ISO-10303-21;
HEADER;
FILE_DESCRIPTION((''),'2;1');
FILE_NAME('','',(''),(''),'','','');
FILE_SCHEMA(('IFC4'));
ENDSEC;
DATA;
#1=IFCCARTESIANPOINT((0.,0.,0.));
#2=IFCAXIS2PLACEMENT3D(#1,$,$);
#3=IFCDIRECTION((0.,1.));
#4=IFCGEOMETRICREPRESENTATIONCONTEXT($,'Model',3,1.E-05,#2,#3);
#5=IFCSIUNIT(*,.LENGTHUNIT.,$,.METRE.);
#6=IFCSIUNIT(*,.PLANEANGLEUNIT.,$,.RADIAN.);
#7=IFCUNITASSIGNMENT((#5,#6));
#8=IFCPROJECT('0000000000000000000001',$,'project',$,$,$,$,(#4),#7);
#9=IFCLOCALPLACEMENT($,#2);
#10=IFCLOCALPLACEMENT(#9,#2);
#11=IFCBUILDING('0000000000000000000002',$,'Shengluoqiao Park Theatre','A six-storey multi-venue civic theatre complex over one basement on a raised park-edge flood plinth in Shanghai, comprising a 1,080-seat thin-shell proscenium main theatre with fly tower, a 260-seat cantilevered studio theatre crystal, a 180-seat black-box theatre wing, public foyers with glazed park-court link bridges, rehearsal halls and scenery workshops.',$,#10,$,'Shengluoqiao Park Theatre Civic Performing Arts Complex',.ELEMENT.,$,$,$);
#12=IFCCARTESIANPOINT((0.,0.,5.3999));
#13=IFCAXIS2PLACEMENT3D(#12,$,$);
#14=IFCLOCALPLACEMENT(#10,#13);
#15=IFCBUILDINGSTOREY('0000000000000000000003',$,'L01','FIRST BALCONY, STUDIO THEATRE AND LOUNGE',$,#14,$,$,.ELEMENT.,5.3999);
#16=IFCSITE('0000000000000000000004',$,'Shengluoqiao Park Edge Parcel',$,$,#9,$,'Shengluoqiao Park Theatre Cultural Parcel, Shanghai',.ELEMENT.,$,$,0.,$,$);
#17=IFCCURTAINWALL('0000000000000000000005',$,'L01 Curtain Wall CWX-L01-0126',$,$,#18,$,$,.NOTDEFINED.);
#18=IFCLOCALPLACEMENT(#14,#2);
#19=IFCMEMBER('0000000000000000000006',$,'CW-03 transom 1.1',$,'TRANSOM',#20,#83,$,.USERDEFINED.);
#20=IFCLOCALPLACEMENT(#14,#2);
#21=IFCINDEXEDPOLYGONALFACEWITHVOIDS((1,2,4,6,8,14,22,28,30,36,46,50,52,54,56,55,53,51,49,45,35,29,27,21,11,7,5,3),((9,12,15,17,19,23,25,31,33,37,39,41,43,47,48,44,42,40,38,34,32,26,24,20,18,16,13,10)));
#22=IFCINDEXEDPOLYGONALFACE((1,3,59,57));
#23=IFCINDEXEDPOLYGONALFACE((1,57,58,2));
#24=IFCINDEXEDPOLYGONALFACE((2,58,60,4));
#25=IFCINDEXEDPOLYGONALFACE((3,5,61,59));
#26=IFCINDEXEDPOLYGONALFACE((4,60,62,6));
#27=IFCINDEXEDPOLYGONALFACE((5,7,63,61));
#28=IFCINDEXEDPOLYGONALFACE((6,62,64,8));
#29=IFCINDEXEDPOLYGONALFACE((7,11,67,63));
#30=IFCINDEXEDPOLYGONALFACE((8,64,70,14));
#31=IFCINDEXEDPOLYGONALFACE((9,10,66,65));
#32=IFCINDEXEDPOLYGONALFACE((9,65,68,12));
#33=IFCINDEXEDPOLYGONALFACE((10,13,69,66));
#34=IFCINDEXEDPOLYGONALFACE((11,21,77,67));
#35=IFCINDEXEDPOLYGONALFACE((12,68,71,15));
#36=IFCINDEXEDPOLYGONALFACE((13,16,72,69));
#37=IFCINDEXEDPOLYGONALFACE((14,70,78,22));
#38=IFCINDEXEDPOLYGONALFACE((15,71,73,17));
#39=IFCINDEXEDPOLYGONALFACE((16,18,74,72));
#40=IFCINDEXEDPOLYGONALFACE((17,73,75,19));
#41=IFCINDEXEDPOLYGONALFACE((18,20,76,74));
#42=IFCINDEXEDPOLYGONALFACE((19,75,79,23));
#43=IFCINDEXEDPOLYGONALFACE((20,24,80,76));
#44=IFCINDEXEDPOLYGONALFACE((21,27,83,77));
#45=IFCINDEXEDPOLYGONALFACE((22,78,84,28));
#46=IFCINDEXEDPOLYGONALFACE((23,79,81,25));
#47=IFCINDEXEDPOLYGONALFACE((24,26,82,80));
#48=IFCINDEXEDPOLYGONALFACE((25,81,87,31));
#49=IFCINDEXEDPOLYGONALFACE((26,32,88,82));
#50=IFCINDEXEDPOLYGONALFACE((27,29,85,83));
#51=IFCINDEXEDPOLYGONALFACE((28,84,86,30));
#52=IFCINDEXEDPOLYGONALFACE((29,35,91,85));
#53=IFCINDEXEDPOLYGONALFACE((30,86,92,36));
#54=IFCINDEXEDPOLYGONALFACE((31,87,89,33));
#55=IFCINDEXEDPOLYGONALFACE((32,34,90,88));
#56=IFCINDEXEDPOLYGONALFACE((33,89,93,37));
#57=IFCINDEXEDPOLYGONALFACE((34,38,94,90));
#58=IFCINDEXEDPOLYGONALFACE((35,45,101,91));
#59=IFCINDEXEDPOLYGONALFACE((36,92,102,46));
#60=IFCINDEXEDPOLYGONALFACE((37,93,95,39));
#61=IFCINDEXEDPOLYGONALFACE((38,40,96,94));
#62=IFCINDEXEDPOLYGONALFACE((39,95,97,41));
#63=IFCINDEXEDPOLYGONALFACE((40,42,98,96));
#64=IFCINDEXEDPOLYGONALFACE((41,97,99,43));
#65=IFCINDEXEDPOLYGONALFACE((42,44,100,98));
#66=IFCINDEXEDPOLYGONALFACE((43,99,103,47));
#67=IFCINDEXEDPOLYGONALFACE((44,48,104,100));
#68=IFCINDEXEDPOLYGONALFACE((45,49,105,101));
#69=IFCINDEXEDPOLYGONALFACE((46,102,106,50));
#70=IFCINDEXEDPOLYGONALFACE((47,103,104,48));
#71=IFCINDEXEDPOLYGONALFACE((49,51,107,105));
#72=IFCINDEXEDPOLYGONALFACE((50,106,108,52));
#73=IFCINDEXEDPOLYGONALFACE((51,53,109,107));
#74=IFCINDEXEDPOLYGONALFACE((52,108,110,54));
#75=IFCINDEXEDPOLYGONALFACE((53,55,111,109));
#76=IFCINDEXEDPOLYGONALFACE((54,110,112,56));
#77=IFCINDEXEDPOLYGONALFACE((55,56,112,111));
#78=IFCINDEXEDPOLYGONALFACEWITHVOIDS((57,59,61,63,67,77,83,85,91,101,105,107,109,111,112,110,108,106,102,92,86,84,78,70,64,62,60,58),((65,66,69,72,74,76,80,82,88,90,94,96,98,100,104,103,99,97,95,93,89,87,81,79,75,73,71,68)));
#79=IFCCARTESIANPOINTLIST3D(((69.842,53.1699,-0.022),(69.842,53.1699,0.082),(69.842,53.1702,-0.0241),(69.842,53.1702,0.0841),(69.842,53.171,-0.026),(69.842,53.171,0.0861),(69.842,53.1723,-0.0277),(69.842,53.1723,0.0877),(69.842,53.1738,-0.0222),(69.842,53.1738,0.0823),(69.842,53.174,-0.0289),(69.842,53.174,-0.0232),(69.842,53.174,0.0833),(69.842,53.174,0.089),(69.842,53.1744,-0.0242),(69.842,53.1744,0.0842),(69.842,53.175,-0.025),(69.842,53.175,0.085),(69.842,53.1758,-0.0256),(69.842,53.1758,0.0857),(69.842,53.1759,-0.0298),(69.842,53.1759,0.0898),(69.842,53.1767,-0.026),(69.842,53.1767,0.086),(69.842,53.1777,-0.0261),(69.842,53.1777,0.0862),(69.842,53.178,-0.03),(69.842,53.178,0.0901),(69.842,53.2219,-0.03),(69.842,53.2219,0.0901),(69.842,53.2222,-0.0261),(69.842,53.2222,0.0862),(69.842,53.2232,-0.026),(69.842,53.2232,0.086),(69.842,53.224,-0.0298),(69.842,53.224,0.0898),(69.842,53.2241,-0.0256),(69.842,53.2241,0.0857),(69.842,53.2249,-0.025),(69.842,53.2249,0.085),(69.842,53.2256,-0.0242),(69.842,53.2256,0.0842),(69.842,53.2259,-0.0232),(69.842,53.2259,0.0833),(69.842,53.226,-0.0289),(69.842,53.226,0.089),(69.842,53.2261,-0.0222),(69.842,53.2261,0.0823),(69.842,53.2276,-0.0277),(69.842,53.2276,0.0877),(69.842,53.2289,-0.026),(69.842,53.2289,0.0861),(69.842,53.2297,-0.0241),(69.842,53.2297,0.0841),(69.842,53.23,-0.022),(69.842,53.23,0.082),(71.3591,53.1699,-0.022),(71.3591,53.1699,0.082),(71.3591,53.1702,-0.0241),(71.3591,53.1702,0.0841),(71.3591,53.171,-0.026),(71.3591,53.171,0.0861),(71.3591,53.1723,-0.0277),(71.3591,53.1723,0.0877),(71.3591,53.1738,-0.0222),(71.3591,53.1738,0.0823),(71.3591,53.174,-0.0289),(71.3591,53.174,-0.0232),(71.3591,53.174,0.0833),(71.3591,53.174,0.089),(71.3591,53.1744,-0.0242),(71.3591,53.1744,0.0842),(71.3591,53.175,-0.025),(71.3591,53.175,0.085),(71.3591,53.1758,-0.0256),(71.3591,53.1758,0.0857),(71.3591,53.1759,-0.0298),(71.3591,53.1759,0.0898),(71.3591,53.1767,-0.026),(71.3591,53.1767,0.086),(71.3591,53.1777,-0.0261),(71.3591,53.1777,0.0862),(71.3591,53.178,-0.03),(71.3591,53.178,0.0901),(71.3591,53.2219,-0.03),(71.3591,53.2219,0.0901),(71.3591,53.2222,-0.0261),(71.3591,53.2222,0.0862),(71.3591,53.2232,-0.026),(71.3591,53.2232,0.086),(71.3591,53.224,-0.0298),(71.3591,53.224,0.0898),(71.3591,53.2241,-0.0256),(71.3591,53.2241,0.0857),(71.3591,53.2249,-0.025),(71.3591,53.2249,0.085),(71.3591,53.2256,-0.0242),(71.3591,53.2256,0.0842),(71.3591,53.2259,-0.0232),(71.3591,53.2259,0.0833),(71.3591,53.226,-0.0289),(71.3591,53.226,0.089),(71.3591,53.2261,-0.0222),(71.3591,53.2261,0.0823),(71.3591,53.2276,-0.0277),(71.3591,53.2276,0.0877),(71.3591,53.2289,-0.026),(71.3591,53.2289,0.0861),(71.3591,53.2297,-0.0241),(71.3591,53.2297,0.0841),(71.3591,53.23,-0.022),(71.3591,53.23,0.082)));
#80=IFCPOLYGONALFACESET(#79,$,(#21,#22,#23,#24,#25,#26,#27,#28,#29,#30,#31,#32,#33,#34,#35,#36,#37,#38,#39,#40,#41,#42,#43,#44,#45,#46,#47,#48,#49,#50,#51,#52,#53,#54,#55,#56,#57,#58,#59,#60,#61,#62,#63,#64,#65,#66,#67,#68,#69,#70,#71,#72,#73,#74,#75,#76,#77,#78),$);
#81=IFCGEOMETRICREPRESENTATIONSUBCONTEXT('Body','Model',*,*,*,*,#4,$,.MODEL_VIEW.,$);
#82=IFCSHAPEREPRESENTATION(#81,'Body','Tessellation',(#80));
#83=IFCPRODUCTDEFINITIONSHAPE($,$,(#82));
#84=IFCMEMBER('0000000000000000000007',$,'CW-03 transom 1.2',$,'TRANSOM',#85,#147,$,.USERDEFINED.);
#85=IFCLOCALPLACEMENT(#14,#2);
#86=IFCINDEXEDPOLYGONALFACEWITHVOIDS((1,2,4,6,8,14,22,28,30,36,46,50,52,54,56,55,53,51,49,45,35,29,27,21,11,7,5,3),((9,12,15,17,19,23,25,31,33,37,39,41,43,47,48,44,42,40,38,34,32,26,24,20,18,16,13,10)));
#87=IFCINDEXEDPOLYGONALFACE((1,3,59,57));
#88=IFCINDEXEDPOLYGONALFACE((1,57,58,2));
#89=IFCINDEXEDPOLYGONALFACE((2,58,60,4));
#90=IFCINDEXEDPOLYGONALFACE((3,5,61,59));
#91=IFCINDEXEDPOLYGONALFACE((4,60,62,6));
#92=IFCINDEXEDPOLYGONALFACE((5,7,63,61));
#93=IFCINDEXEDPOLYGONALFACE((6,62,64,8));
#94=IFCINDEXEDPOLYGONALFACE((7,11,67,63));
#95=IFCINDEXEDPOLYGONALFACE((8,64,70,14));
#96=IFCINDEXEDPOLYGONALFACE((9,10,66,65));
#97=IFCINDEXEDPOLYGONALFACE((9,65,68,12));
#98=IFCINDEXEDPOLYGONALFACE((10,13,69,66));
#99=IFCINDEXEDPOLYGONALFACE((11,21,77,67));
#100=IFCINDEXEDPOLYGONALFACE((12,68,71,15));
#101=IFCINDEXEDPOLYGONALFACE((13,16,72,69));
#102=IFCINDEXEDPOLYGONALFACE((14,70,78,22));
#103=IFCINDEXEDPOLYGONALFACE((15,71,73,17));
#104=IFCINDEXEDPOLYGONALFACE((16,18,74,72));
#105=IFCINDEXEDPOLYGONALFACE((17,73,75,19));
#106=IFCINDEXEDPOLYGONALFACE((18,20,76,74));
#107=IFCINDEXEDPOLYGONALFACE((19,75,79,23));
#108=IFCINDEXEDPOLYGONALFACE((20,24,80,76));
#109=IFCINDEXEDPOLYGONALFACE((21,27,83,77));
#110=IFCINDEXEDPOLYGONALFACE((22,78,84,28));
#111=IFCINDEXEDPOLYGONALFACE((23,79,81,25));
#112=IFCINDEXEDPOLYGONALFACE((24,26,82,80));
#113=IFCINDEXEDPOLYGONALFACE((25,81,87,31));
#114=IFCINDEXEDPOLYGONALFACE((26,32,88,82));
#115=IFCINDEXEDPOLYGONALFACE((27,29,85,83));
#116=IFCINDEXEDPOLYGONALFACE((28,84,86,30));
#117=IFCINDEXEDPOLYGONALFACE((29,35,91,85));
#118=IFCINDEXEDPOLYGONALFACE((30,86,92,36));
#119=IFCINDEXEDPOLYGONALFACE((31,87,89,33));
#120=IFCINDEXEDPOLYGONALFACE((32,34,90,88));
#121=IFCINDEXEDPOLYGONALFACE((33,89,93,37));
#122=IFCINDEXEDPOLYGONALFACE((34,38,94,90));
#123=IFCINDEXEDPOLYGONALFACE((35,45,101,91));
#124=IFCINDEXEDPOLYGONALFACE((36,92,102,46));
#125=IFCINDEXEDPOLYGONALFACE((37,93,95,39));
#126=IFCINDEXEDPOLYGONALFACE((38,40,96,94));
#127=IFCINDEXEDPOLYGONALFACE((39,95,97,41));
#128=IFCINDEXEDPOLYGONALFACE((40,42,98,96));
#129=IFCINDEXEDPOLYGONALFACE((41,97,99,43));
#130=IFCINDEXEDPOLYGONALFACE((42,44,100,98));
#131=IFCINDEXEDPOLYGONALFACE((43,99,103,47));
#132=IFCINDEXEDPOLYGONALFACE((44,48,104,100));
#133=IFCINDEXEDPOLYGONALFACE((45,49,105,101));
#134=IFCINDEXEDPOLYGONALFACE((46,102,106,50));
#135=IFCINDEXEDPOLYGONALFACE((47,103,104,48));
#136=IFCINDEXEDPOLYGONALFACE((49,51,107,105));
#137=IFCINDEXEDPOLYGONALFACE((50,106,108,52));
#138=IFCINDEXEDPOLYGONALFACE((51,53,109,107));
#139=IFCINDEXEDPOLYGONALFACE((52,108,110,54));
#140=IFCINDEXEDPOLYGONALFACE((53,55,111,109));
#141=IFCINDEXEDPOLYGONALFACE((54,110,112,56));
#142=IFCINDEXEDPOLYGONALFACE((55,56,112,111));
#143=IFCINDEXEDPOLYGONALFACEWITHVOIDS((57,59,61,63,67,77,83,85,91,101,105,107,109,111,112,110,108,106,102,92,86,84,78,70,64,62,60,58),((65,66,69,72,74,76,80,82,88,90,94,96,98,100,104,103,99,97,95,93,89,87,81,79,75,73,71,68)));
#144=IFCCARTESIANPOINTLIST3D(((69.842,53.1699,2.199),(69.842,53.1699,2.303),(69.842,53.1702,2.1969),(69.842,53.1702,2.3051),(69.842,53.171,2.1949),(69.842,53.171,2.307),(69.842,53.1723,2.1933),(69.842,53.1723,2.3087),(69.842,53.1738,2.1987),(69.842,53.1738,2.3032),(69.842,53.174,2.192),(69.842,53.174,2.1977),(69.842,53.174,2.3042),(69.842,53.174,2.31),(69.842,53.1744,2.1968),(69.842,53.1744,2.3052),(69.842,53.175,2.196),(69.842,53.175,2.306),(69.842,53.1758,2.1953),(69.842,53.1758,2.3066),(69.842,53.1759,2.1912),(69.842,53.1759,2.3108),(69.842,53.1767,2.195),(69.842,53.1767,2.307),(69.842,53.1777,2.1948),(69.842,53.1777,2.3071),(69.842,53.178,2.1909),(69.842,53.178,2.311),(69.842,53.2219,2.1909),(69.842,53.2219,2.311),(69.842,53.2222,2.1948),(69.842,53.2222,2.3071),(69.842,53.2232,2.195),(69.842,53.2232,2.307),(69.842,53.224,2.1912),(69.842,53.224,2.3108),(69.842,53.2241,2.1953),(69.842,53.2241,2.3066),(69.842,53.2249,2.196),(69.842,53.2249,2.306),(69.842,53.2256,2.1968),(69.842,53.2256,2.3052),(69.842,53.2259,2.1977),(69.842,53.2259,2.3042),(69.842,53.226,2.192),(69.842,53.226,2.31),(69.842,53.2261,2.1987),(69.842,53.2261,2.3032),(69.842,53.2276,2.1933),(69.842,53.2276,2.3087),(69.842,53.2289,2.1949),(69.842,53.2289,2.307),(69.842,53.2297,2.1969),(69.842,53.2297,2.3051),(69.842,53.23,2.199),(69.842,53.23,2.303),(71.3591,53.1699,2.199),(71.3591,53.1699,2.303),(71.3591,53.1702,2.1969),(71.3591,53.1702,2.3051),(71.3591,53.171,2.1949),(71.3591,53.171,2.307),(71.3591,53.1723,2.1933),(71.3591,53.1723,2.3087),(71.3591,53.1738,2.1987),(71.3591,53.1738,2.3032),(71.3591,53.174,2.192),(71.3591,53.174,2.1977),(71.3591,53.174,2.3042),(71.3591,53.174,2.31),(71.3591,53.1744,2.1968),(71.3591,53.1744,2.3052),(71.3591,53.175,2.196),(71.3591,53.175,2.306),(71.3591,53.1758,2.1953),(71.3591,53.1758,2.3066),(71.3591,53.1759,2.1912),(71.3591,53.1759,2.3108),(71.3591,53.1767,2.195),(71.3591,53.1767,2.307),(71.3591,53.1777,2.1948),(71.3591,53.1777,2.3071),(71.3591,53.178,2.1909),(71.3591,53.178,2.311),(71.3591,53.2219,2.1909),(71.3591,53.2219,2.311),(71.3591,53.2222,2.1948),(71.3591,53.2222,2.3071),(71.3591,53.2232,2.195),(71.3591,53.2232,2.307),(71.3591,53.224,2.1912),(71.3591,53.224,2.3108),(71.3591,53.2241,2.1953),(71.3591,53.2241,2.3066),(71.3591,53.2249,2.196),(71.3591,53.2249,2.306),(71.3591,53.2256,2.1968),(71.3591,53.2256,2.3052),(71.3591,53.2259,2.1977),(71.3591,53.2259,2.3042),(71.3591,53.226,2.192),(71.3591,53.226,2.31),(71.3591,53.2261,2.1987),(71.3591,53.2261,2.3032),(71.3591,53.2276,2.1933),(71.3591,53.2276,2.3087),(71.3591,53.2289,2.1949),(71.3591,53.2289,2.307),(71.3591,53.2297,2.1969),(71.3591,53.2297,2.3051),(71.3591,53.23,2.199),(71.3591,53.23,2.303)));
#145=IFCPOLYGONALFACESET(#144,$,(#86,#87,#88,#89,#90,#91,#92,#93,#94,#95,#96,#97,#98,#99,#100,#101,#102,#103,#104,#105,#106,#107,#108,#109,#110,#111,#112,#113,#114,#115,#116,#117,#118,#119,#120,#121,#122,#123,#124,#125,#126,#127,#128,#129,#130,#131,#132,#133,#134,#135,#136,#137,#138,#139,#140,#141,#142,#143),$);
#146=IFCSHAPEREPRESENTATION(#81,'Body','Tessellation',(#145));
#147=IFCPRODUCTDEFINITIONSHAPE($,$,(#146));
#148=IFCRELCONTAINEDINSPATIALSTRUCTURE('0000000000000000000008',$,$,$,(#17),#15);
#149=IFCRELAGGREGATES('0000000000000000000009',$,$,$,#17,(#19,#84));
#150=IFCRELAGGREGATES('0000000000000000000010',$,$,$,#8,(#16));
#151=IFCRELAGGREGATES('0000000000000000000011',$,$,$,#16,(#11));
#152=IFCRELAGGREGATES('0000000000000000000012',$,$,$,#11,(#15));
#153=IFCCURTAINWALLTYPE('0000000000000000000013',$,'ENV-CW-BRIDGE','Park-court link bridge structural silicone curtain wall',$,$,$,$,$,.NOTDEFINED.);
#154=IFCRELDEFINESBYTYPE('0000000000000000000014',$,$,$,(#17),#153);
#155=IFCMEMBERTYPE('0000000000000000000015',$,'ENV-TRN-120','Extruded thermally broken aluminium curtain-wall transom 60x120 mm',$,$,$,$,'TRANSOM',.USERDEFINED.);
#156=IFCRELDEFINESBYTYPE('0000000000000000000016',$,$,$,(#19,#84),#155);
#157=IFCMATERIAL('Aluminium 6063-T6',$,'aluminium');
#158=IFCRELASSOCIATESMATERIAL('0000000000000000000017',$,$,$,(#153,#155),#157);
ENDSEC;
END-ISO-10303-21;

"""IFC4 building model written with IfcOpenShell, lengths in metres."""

from ifc_helpers import new_model, si_unit, direction, frame, origin, origin_2d, place, context, subcontext, project, spatial, hollow_rectangle, extrude, material, material_profile, profile_set, type_object, element, aggregate, save


model = new_model("IFC4")

# Units and contexts
model_context = context("Model", 3, precision=1e-05, world=origin(), true_north=direction((0.0, 1.0)))
body_context = subcontext(model_context, "Body", "Model", "MODEL_VIEW")
ifc_project = project(units=[si_unit("LENGTHUNIT", "METRE"), si_unit("PLANEANGLEUNIT", "RADIAN")], contexts=[model_context])

# Site, building, storey
site_placement = place(None, origin())
site = spatial("IfcSite", under=ifc_project, at=site_placement, Name="Shengluoqiao Park Edge Parcel", LongName="Shengluoqiao Park Theatre Cultural Parcel, Shanghai", CompositionType="ELEMENT", RefElevation=0.0)
building_placement = place(site_placement, origin())
building = spatial("IfcBuilding", under=site, at=building_placement, Name="Shengluoqiao Park Theatre", Description="A six-storey multi-venue civic theatre complex over one basement on a raised park-edge flood plinth in Shanghai, comprising a 1,080-seat thin-shell proscenium main theatre with fly tower, a 260-seat cantilevered studio theatre crystal, a 180-seat black-box theatre wing, public foyers with glazed park-court link bridges, rehearsal halls and scenery workshops.", LongName="Shengluoqiao Park Theatre Civic Performing Arts Complex", CompositionType="ELEMENT")
storey_placement = place(building_placement, frame((0.0, 0.0, 5.3999)))
storey = spatial("IfcBuildingStorey", under=building, at=storey_placement, Name="L01", Description="FIRST BALCONY, STUDIO THEATRE AND LOUNGE", CompositionType="ELEMENT", Elevation=5.3999)

# Curtain wall
ifc_material_1 = material(Name="Aluminium 6063-T6", Category="aluminium")
curtain_wall_type = type_object("IfcCurtainWallType", Name="ENV-CW-BRIDGE", Description="Park-court link bridge structural silicone curtain wall", PredefinedType="NOTDEFINED", material=ifc_material_1)
curtain_wall_1_placement = place(storey_placement, origin())
curtain_wall_1 = element("IfcCurtainWall", 1, at=curtain_wall_1_placement, inside=storey, type_object=curtain_wall_type, Name="L01 Curtain Wall CWX-L01-0126", PredefinedType="NOTDEFINED")

# Members
ifc_material_profile_1 = material_profile(ifc_material_1, hollow_rectangle(XDim=0.0601, YDim=0.1201, WallThickness=0.0039, InnerFilletRadius=0.0039, OuterFilletRadius=0.0081, at=origin_2d()), Name="ALU TRANSOM 120x60x4")
ifc_profile_set_1 = profile_set([ifc_material_profile_1], Name="Aluminium 6063-T6")
member_type_1 = type_object("IfcMemberType", Name="ENV-TRN-120", Description="Extruded thermally broken aluminium curtain-wall transom 60x120 mm", ElementType="TRANSOM", PredefinedType="USERDEFINED", material=ifc_profile_set_1)
member_1_placement = place(storey_placement, frame((69.842, 53.2, 0.03), z_axis=(1.0, 0.0, 0.0), x_axis=(0.0, 1.0, 0.0)))
member_1 = element("IfcMember", 2, at=member_1_placement, type_object=member_type_1, Name="CW-03 transom 1.1", ObjectType="TRANSOM", PredefinedType="USERDEFINED", context=body_context, shape_type="SweptSolid", body=[
    extrude(hollow_rectangle(XDim=0.0601, YDim=0.1201, WallThickness=0.0039, InnerFilletRadius=0.0039, OuterFilletRadius=0.0081, at=origin_2d()), origin(), (0.0, 0.0, 1.0), 1.5171),
])
member_2_placement = place(storey_placement, frame((69.842, 53.2, 2.251), z_axis=(1.0, 0.0, 0.0), x_axis=(0.0, 1.0, 0.0)))
member_2 = element("IfcMember", 3, at=member_2_placement, type_object=member_type_1, Name="CW-03 transom 1.2", ObjectType="TRANSOM", PredefinedType="USERDEFINED", context=body_context, shape_type="SweptSolid", body=[
    extrude(hollow_rectangle(XDim=0.0601, YDim=0.1201, WallThickness=0.0039, InnerFilletRadius=0.0039, OuterFilletRadius=0.0081, at=origin_2d()), origin(), (0.0, 0.0, 1.0), 1.5171),
])

aggregate(curtain_wall_1, [member_1, member_2])

save(model, "model.ifc")
